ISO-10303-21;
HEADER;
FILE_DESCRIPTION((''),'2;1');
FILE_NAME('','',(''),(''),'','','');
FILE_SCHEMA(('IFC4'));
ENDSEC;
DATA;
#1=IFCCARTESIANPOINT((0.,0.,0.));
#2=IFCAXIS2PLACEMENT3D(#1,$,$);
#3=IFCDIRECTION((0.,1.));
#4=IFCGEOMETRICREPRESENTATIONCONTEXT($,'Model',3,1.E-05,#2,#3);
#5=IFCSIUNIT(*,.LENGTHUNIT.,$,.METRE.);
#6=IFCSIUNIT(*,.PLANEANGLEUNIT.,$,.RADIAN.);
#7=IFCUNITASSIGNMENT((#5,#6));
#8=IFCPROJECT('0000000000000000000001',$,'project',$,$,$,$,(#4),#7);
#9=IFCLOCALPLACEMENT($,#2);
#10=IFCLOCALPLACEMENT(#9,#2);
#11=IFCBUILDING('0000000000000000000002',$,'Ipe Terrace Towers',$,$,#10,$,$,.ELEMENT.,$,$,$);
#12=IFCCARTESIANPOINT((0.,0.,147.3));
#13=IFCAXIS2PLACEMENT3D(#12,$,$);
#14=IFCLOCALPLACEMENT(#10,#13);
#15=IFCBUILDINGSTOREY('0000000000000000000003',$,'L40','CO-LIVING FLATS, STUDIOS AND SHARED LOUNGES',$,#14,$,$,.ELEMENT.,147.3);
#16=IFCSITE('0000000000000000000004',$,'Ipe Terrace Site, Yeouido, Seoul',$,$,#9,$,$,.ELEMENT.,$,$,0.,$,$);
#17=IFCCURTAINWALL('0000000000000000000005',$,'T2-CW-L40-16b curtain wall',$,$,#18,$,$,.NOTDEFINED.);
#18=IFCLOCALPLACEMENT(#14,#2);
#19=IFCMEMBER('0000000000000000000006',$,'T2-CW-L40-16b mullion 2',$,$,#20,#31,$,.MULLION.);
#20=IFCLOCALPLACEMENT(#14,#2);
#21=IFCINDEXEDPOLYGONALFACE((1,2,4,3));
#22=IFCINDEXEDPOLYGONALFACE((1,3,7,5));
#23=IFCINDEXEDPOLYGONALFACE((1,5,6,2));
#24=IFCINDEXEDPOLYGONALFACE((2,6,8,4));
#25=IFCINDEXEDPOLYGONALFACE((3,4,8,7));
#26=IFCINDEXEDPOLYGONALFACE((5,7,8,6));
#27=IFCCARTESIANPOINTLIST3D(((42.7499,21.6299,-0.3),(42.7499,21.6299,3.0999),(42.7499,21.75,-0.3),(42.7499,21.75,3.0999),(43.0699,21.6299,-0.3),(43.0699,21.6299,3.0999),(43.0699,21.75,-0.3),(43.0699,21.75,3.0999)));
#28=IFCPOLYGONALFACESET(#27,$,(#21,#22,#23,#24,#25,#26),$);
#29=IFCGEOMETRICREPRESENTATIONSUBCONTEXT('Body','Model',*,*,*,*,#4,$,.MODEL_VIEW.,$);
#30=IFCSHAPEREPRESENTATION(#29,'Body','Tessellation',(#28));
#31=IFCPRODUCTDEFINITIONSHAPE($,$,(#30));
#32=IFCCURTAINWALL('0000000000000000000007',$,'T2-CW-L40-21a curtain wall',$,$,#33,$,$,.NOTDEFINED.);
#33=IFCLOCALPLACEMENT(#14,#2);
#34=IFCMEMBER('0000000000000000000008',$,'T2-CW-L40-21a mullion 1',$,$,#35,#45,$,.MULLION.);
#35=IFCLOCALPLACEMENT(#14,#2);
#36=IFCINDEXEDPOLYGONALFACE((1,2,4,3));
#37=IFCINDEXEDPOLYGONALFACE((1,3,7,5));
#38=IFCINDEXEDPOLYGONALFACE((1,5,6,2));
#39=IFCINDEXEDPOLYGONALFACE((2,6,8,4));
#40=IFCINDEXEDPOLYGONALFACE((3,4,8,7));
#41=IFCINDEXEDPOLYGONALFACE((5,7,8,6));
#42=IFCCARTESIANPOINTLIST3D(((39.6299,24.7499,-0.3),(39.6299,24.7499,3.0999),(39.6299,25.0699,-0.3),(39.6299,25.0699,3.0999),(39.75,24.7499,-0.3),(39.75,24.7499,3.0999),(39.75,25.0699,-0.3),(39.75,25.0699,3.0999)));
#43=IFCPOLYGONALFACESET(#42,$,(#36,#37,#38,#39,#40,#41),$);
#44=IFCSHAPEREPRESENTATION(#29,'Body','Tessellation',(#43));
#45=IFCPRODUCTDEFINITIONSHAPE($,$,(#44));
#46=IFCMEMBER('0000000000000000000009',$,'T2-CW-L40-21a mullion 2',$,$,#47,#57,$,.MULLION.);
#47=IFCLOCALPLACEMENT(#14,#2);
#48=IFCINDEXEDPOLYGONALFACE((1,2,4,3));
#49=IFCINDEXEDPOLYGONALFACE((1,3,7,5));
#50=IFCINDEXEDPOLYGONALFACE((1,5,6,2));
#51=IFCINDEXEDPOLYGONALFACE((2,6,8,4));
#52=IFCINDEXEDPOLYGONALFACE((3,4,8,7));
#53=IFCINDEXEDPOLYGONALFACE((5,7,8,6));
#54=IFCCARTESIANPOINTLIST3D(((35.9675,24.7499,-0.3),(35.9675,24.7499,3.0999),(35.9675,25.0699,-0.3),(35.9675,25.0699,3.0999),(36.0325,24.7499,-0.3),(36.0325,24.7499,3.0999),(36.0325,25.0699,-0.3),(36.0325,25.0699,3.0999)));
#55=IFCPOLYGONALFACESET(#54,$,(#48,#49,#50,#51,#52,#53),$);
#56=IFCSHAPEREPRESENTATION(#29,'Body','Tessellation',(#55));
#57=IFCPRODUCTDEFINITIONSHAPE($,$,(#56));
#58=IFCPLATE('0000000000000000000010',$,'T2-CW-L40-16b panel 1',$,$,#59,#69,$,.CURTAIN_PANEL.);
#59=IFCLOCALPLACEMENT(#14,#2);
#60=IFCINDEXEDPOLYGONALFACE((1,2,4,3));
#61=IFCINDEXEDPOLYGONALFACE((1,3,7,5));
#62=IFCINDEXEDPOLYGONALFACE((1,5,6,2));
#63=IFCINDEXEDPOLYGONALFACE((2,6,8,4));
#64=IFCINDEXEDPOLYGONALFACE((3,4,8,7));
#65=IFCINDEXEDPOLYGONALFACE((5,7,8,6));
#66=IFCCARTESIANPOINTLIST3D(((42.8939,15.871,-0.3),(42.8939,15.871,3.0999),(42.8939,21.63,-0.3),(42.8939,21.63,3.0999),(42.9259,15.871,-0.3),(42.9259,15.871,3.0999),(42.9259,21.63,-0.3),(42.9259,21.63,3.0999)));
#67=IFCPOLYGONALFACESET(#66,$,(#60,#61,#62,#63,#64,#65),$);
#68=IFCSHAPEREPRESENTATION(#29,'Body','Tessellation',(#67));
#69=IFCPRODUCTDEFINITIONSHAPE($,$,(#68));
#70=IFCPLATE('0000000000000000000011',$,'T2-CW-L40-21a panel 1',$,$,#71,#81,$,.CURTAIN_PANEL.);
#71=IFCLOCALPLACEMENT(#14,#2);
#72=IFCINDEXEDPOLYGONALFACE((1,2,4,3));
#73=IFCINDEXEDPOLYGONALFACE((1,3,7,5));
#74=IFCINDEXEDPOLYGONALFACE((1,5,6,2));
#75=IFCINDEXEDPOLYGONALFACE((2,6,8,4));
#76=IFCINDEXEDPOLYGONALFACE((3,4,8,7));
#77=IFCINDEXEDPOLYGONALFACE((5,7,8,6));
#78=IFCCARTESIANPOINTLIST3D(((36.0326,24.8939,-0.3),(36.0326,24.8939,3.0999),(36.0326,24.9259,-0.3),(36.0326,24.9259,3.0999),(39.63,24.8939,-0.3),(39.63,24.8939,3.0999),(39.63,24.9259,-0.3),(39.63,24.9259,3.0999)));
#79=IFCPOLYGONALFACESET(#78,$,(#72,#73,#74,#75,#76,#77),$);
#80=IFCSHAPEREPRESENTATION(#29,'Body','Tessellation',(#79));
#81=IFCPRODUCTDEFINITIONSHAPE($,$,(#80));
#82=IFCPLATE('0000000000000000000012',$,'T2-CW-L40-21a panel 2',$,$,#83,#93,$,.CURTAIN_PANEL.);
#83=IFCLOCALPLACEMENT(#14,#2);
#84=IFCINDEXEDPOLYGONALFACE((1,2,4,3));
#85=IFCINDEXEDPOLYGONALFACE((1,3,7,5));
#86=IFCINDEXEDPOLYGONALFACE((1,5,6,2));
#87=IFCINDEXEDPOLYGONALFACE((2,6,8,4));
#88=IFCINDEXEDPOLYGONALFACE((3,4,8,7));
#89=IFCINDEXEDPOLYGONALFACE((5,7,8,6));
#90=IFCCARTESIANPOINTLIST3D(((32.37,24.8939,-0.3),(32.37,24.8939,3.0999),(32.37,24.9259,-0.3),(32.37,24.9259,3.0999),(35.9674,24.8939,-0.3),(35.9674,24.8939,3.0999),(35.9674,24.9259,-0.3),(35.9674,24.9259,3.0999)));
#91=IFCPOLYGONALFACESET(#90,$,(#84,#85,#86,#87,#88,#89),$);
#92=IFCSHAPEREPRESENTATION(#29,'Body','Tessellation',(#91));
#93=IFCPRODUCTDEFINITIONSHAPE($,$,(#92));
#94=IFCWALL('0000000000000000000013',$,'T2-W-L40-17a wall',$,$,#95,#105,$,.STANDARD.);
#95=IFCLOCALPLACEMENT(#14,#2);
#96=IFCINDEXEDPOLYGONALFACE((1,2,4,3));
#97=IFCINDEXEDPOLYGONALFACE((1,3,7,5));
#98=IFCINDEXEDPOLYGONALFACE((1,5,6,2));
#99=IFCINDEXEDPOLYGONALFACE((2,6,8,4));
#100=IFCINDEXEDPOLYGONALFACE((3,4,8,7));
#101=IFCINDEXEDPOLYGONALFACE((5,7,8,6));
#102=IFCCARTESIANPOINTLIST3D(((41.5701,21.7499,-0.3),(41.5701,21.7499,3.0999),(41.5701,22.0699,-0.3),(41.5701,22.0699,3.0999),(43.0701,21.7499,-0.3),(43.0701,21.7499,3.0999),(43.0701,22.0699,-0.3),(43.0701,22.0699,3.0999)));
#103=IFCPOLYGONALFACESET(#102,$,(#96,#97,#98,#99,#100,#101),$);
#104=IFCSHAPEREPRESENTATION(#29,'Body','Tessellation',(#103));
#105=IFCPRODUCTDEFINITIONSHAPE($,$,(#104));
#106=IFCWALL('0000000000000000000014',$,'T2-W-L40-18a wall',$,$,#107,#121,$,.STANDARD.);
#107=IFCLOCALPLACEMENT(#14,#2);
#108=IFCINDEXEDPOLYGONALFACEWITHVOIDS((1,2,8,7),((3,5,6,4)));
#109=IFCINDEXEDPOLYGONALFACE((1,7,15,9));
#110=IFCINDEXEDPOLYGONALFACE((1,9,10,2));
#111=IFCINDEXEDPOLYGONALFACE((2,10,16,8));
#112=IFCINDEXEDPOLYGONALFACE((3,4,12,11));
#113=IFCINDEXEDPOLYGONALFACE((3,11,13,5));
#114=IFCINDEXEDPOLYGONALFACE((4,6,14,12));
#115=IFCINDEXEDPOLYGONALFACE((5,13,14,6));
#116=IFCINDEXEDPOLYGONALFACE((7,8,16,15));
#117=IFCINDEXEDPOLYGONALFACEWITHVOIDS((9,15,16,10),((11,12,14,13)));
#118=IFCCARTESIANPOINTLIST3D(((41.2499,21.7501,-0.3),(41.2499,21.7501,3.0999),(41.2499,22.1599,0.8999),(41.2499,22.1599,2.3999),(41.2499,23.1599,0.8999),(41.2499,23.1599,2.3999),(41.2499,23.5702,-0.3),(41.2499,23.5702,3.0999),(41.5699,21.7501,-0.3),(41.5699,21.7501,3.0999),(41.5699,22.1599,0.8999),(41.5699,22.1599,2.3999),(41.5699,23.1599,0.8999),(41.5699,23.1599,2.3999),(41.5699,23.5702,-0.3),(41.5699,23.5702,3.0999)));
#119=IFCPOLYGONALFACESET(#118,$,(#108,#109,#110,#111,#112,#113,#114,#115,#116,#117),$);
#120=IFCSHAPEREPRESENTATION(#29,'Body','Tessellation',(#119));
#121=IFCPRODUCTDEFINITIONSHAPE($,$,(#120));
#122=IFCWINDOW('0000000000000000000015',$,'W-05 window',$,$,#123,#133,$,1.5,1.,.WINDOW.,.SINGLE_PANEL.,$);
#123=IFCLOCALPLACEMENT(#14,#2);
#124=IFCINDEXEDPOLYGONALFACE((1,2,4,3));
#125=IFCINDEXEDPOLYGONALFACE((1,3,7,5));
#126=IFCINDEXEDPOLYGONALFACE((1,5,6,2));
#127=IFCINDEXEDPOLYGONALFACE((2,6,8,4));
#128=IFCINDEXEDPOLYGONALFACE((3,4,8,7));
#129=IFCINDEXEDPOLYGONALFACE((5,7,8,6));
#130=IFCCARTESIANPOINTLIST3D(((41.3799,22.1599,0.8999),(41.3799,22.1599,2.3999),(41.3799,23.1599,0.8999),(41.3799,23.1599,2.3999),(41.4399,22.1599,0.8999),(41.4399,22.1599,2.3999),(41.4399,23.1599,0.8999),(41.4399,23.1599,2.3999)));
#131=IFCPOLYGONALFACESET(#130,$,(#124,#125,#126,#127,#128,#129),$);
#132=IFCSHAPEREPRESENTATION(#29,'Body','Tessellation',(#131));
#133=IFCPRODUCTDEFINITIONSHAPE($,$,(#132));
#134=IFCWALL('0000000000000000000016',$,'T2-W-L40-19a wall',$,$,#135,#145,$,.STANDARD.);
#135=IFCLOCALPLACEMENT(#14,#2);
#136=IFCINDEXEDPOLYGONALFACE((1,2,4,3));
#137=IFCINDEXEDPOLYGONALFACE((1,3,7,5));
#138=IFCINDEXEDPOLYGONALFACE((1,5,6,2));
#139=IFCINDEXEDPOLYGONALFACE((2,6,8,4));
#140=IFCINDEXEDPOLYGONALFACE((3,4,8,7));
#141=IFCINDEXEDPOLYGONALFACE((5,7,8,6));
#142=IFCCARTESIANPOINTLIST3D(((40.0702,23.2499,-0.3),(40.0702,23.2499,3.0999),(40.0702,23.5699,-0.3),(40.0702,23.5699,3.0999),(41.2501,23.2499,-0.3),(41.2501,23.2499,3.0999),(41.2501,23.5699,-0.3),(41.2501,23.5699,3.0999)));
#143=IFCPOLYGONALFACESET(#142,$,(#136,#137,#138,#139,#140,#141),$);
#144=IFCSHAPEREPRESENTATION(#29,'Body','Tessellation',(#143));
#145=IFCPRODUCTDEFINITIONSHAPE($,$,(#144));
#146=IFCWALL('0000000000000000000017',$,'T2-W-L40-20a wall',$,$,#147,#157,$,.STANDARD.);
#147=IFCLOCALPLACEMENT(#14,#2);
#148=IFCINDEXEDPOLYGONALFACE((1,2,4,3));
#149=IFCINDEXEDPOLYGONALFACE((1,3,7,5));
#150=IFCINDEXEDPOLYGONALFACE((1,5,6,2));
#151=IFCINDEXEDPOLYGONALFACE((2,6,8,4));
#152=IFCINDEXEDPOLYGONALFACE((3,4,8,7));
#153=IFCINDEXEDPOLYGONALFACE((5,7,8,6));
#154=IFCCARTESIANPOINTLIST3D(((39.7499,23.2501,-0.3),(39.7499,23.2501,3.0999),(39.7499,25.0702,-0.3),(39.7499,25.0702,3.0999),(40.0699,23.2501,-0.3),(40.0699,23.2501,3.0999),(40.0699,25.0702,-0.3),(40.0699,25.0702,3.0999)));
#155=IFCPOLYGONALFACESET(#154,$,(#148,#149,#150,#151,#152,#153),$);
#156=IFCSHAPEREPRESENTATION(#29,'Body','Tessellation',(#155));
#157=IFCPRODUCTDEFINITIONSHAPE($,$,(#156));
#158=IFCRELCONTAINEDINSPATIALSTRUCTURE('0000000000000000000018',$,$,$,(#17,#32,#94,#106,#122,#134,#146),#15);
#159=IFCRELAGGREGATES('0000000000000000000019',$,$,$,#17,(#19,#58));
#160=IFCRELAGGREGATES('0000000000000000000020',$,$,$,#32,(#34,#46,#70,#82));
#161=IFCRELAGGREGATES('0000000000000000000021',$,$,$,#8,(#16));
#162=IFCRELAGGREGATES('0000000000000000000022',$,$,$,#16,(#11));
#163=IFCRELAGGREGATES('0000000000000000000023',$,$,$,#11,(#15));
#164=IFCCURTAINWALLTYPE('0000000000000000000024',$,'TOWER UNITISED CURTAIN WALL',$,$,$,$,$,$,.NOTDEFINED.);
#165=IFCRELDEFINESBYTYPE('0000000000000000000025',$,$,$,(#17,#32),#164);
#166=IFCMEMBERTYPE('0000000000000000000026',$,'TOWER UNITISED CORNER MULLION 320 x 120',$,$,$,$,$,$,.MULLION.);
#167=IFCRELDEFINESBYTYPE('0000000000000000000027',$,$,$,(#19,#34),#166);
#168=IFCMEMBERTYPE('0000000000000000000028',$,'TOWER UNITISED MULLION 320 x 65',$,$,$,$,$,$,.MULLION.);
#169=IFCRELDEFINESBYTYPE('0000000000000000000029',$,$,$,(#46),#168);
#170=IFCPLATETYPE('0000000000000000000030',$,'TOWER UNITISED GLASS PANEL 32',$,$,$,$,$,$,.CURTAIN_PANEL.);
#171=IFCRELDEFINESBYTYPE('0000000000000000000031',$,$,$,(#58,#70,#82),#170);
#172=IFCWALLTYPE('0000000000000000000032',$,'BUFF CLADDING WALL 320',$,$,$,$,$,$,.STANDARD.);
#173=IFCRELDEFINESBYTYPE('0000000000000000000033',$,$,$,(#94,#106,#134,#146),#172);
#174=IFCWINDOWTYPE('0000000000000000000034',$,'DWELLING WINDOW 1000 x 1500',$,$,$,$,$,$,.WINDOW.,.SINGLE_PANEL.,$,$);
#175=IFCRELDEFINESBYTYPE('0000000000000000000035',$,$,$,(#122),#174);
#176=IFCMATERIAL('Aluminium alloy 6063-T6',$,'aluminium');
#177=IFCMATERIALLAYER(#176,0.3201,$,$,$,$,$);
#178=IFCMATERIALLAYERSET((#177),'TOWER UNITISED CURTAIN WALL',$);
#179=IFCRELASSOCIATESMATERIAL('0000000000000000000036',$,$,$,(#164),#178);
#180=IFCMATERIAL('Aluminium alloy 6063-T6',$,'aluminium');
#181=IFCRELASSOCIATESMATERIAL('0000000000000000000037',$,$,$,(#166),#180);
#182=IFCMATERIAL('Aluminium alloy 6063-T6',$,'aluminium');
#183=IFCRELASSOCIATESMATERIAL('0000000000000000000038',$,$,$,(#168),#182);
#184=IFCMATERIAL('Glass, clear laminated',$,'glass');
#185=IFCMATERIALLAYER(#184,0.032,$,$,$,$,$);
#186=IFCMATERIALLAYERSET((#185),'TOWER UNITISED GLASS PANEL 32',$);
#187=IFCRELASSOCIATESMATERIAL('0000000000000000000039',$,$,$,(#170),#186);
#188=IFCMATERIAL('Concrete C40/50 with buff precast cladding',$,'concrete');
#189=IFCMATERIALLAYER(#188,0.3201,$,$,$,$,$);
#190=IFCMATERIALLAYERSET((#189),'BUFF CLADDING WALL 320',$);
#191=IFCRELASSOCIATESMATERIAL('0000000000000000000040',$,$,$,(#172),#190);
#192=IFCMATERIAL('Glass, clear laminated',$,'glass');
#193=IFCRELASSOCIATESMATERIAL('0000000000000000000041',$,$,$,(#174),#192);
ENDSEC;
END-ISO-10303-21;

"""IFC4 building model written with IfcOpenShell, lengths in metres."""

from ifc_helpers import new_model, si_unit, direction, frame, frame_2d, origin, origin_2d, place, context, subcontext, project, spatial, rectangle, extrude, material, layer, layer_set, material_profile, profile_set, type_object, element, fill, aggregate, save


model = new_model("IFC4")

# Units and contexts
model_context = context("Model", 3, precision=1e-05, world=origin(), true_north=direction((0.0, 1.0)))
body_context = subcontext(model_context, "Body", "Model", "MODEL_VIEW")
ifc_project = project(units=[si_unit("LENGTHUNIT", "METRE"), si_unit("PLANEANGLEUNIT", "RADIAN")], contexts=[model_context])

# Site, building, storey
site_placement = place(None, origin())
site = spatial("IfcSite", under=ifc_project, at=site_placement, Name="Ipe Terrace Site, Yeouido, Seoul", CompositionType="ELEMENT", RefElevation=0.0)
building_placement = place(site_placement, origin())
building = spatial("IfcBuilding", under=site, at=building_placement, Name="Ipe Terrace Towers", CompositionType="ELEMENT")
storey_placement = place(building_placement, frame((0.0, 0.0, 147.3)))
storey = spatial("IfcBuildingStorey", under=building, at=storey_placement, Name="L40", Description="CO-LIVING FLATS, STUDIOS AND SHARED LOUNGES", CompositionType="ELEMENT", Elevation=147.3)

# Curtain walls, members
ifc_material_1 = material(Name="Aluminium alloy 6063-T6", Category="aluminium")
ifc_layer_1 = layer(ifc_material_1, 0.3201)
ifc_layer_set_1 = layer_set([ifc_layer_1], Name="TOWER UNITISED CURTAIN WALL")
curtain_wall_type = type_object("IfcCurtainWallType", Name="TOWER UNITISED CURTAIN WALL", PredefinedType="NOTDEFINED", material=ifc_layer_set_1)
curtain_wall_1_placement = place(storey_placement, origin())
curtain_wall_1 = element("IfcCurtainWall", 1, at=curtain_wall_1_placement, inside=storey, type_object=curtain_wall_type, Name="T2-CW-L40-16b curtain wall", PredefinedType="NOTDEFINED")
ifc_material_2 = material(Name="Aluminium alloy 6063-T6", Category="aluminium")
ifc_material_profile_1 = material_profile(ifc_material_2, rectangle(XDim=0.3201, YDim=0.1201, at=origin_2d()), Name="TOWER UNITISED CORNER MULLION 320 x 120")
ifc_profile_set_1 = profile_set([ifc_material_profile_1], Name="Aluminium alloy 6063-T6")
member_type_1 = type_object("IfcMemberType", Name="TOWER UNITISED CORNER MULLION 320 x 120", PredefinedType="MULLION", material=ifc_profile_set_1)
member_1_placement = place(storey_placement, frame((42.9099, 21.6899, -0.3), z_axis=(0.0, 0.0, 1.0), x_axis=(1.0, 0.0, 0.0)))
member_1 = element("IfcMember", 2, at=member_1_placement, type_object=member_type_1, Name="T2-CW-L40-16b mullion 2", PredefinedType="MULLION", context=body_context, shape_type="SweptSolid", body=[
    extrude(rectangle(XDim=0.3201, YDim=0.1201, at=origin_2d()), origin(), (0.0, 0.0, 1.0), 3.3999),
])
curtain_wall_2_placement = place(storey_placement, origin())
curtain_wall_2 = element("IfcCurtainWall", 3, at=curtain_wall_2_placement, inside=storey, type_object=curtain_wall_type, Name="T2-CW-L40-21a curtain wall", PredefinedType="NOTDEFINED")
member_2_placement = place(storey_placement, frame((39.6899, 24.9099, -0.3), z_axis=(0.0, 0.0, 1.0), x_axis=(0.0, 1.0, 0.0)))
member_2 = element("IfcMember", 4, at=member_2_placement, type_object=member_type_1, Name="T2-CW-L40-21a mullion 1", PredefinedType="MULLION", context=body_context, shape_type="SweptSolid", body=[
    extrude(rectangle(XDim=0.3201, YDim=0.1201, at=origin_2d()), origin(), (0.0, 0.0, 1.0), 3.3999),
])
ifc_material_3 = material(Name="Aluminium alloy 6063-T6", Category="aluminium")
ifc_material_profile_2 = material_profile(ifc_material_3, rectangle(XDim=0.3201, YDim=0.0649, at=origin_2d()), Name="TOWER UNITISED MULLION 320 x 65")
ifc_profile_set_2 = profile_set([ifc_material_profile_2], Name="Aluminium alloy 6063-T6")
member_type_2 = type_object("IfcMemberType", Name="TOWER UNITISED MULLION 320 x 65", PredefinedType="MULLION", material=ifc_profile_set_2)
member_3_placement = place(storey_placement, frame((36.0, 24.9099, -0.3), z_axis=(0.0, 0.0, 1.0), x_axis=(0.0, 1.0, 0.0)))
member_3 = element("IfcMember", 5, at=member_3_placement, type_object=member_type_2, Name="T2-CW-L40-21a mullion 2", PredefinedType="MULLION", context=body_context, shape_type="SweptSolid", body=[
    extrude(rectangle(XDim=0.3201, YDim=0.0649, at=origin_2d()), origin(), (0.0, 0.0, 1.0), 3.3999),
])

# Plates
ifc_material_4 = material(Name="Glass, clear laminated", Category="glass")
ifc_layer_2 = layer(ifc_material_4, 0.032)
ifc_layer_set_2 = layer_set([ifc_layer_2], Name="TOWER UNITISED GLASS PANEL 32")
plate_type = type_object("IfcPlateType", Name="TOWER UNITISED GLASS PANEL 32", PredefinedType="CURTAIN_PANEL", material=ifc_layer_set_2)
plate_1_placement = place(storey_placement, frame((42.9099, 18.7505, -0.3), z_axis=(0.0, 0.0, 1.0), x_axis=(0.0, 1.0, 0.0)))
plate_1 = element("IfcPlate", 6, at=plate_1_placement, type_object=plate_type, Name="T2-CW-L40-16b panel 1", PredefinedType="CURTAIN_PANEL", context=body_context, shape_type="SweptSolid", body=[
    extrude(rectangle(XDim=5.759, YDim=0.032, at=origin_2d()), origin(), (0.0, 0.0, 1.0), 3.3999),
])
aggregate(curtain_wall_1, [member_1, plate_1])
plate_2_placement = place(storey_placement, frame((37.8313, 24.9099, -0.3), z_axis=(0.0, 0.0, 1.0), x_axis=(-1.0, 0.0, 0.0)))
plate_2 = element("IfcPlate", 7, at=plate_2_placement, type_object=plate_type, Name="T2-CW-L40-21a panel 1", PredefinedType="CURTAIN_PANEL", context=body_context, shape_type="SweptSolid", body=[
    extrude(rectangle(XDim=3.5974, YDim=0.032, at=origin_2d()), origin(), (0.0, 0.0, 1.0), 3.3999),
])
plate_3_placement = place(storey_placement, frame((34.1687, 24.9099, -0.3), z_axis=(0.0, 0.0, 1.0), x_axis=(-1.0, 0.0, 0.0)))
plate_3 = element("IfcPlate", 8, at=plate_3_placement, type_object=plate_type, Name="T2-CW-L40-21a panel 2", PredefinedType="CURTAIN_PANEL", context=body_context, shape_type="SweptSolid", body=[
    extrude(rectangle(XDim=3.5974, YDim=0.032, at=origin_2d()), origin(), (0.0, 0.0, 1.0), 3.3999),
])
aggregate(curtain_wall_2, [member_2, member_3, plate_2, plate_3])

# Wall
ifc_material_5 = material(Name="Concrete C40/50 with buff precast cladding", Category="concrete")
ifc_layer_3 = layer(ifc_material_5, 0.3201)
ifc_layer_set_3 = layer_set([ifc_layer_3], Name="BUFF CLADDING WALL 320")
wall_type_1 = type_object("IfcWallType", Name="BUFF CLADDING WALL 320", PredefinedType="STANDARD", material=ifc_layer_set_3)
wall_1_placement = place(storey_placement, frame((43.0701, 21.9099, -0.3), z_axis=(0.0, 0.0, 1.0), x_axis=(-1.0, 0.0, 0.0)))
element("IfcWall", 9, at=wall_1_placement, inside=storey, type_object=wall_type_1, Name="T2-W-L40-17a wall", PredefinedType="STANDARD", context=body_context, shape_type="SweptSolid", body=[
    extrude(rectangle(XDim=1.5, YDim=0.3201, at=frame_2d((0.75, 0.0))), origin(), (0.0, 0.0, 1.0), 3.3999),
])

# Wall, opening, window
wall_2_placement = place(storey_placement, frame((41.4099, 21.75, -0.3), z_axis=(0.0, 0.0, 1.0), x_axis=(0.0, 1.0, 0.0)))
wall_2 = element("IfcWall", 10, at=wall_2_placement, inside=storey, type_object=wall_type_1, Name="T2-W-L40-18a wall", PredefinedType="STANDARD", context=body_context, shape_type="SweptSolid", body=[
    extrude(rectangle(XDim=1.8201, YDim=0.3201, at=frame_2d((0.9102, 0.0))), origin(), (0.0, 0.0, 1.0), 3.3999),
])
opening_1_placement = place(wall_2_placement, frame((0.4099, 0.0, 1.2)))
opening_1 = element("IfcOpeningElement", 11, at=opening_1_placement, cuts=wall_2, PredefinedType="OPENING", context=body_context, shape_type="SweptSolid", body=[
    extrude(rectangle(XDim=1.0, YDim=1.5, at=frame_2d((0.5, 0.75))), frame((0.0, 0.1699, 0.0), z_axis=(0.0, -1.0, 0.0), x_axis=(1.0, 0.0, 0.0)), (0.0, 0.0, 1.0), 0.3401),
])
ifc_material_6 = material(Name="Glass, clear laminated", Category="glass")
window_type = type_object("IfcWindowType", Name="DWELLING WINDOW 1000 x 1500", PartitioningType="SINGLE_PANEL", PredefinedType="WINDOW", material=ifc_material_6)
window_placement = place(opening_1_placement, origin())
window = element("IfcWindow", 12, at=window_placement, inside=storey, type_object=window_type, Name="W-05 window", OverallHeight=1.5, OverallWidth=1.0, PartitioningType="SINGLE_PANEL", PredefinedType="WINDOW", context=body_context, shape_type="SweptSolid", body=[
    extrude(rectangle(XDim=1.0, YDim=1.5, at=frame_2d((0.5, 0.75))), frame((0.0, 0.03, 0.0), z_axis=(0.0, -1.0, 0.0), x_axis=(1.0, 0.0, 0.0)), (0.0, 0.0, 1.0), 0.0601),
])
fill(opening_1, window)

# Walls
wall_3_placement = place(storey_placement, frame((41.25, 23.4099, -0.3), z_axis=(0.0, 0.0, 1.0), x_axis=(-1.0, 0.0, 0.0)))
element("IfcWall", 13, at=wall_3_placement, inside=storey, type_object=wall_type_1, Name="T2-W-L40-19a wall", PredefinedType="STANDARD", context=body_context, shape_type="SweptSolid", body=[
    extrude(rectangle(XDim=1.1799, YDim=0.3201, at=frame_2d((0.5898, 0.0))), origin(), (0.0, 0.0, 1.0), 3.3999),
])
wall_4_placement = place(storey_placement, frame((39.9099, 23.25, -0.3), z_axis=(0.0, 0.0, 1.0), x_axis=(0.0, 1.0, 0.0)))
element("IfcWall", 14, at=wall_4_placement, inside=storey, type_object=wall_type_1, Name="T2-W-L40-20a wall", PredefinedType="STANDARD", context=body_context, shape_type="SweptSolid", body=[
    extrude(rectangle(XDim=1.8201, YDim=0.3201, at=frame_2d((0.9102, 0.0))), origin(), (0.0, 0.0, 1.0), 3.3999),
])

save(model, "model.ifc")
